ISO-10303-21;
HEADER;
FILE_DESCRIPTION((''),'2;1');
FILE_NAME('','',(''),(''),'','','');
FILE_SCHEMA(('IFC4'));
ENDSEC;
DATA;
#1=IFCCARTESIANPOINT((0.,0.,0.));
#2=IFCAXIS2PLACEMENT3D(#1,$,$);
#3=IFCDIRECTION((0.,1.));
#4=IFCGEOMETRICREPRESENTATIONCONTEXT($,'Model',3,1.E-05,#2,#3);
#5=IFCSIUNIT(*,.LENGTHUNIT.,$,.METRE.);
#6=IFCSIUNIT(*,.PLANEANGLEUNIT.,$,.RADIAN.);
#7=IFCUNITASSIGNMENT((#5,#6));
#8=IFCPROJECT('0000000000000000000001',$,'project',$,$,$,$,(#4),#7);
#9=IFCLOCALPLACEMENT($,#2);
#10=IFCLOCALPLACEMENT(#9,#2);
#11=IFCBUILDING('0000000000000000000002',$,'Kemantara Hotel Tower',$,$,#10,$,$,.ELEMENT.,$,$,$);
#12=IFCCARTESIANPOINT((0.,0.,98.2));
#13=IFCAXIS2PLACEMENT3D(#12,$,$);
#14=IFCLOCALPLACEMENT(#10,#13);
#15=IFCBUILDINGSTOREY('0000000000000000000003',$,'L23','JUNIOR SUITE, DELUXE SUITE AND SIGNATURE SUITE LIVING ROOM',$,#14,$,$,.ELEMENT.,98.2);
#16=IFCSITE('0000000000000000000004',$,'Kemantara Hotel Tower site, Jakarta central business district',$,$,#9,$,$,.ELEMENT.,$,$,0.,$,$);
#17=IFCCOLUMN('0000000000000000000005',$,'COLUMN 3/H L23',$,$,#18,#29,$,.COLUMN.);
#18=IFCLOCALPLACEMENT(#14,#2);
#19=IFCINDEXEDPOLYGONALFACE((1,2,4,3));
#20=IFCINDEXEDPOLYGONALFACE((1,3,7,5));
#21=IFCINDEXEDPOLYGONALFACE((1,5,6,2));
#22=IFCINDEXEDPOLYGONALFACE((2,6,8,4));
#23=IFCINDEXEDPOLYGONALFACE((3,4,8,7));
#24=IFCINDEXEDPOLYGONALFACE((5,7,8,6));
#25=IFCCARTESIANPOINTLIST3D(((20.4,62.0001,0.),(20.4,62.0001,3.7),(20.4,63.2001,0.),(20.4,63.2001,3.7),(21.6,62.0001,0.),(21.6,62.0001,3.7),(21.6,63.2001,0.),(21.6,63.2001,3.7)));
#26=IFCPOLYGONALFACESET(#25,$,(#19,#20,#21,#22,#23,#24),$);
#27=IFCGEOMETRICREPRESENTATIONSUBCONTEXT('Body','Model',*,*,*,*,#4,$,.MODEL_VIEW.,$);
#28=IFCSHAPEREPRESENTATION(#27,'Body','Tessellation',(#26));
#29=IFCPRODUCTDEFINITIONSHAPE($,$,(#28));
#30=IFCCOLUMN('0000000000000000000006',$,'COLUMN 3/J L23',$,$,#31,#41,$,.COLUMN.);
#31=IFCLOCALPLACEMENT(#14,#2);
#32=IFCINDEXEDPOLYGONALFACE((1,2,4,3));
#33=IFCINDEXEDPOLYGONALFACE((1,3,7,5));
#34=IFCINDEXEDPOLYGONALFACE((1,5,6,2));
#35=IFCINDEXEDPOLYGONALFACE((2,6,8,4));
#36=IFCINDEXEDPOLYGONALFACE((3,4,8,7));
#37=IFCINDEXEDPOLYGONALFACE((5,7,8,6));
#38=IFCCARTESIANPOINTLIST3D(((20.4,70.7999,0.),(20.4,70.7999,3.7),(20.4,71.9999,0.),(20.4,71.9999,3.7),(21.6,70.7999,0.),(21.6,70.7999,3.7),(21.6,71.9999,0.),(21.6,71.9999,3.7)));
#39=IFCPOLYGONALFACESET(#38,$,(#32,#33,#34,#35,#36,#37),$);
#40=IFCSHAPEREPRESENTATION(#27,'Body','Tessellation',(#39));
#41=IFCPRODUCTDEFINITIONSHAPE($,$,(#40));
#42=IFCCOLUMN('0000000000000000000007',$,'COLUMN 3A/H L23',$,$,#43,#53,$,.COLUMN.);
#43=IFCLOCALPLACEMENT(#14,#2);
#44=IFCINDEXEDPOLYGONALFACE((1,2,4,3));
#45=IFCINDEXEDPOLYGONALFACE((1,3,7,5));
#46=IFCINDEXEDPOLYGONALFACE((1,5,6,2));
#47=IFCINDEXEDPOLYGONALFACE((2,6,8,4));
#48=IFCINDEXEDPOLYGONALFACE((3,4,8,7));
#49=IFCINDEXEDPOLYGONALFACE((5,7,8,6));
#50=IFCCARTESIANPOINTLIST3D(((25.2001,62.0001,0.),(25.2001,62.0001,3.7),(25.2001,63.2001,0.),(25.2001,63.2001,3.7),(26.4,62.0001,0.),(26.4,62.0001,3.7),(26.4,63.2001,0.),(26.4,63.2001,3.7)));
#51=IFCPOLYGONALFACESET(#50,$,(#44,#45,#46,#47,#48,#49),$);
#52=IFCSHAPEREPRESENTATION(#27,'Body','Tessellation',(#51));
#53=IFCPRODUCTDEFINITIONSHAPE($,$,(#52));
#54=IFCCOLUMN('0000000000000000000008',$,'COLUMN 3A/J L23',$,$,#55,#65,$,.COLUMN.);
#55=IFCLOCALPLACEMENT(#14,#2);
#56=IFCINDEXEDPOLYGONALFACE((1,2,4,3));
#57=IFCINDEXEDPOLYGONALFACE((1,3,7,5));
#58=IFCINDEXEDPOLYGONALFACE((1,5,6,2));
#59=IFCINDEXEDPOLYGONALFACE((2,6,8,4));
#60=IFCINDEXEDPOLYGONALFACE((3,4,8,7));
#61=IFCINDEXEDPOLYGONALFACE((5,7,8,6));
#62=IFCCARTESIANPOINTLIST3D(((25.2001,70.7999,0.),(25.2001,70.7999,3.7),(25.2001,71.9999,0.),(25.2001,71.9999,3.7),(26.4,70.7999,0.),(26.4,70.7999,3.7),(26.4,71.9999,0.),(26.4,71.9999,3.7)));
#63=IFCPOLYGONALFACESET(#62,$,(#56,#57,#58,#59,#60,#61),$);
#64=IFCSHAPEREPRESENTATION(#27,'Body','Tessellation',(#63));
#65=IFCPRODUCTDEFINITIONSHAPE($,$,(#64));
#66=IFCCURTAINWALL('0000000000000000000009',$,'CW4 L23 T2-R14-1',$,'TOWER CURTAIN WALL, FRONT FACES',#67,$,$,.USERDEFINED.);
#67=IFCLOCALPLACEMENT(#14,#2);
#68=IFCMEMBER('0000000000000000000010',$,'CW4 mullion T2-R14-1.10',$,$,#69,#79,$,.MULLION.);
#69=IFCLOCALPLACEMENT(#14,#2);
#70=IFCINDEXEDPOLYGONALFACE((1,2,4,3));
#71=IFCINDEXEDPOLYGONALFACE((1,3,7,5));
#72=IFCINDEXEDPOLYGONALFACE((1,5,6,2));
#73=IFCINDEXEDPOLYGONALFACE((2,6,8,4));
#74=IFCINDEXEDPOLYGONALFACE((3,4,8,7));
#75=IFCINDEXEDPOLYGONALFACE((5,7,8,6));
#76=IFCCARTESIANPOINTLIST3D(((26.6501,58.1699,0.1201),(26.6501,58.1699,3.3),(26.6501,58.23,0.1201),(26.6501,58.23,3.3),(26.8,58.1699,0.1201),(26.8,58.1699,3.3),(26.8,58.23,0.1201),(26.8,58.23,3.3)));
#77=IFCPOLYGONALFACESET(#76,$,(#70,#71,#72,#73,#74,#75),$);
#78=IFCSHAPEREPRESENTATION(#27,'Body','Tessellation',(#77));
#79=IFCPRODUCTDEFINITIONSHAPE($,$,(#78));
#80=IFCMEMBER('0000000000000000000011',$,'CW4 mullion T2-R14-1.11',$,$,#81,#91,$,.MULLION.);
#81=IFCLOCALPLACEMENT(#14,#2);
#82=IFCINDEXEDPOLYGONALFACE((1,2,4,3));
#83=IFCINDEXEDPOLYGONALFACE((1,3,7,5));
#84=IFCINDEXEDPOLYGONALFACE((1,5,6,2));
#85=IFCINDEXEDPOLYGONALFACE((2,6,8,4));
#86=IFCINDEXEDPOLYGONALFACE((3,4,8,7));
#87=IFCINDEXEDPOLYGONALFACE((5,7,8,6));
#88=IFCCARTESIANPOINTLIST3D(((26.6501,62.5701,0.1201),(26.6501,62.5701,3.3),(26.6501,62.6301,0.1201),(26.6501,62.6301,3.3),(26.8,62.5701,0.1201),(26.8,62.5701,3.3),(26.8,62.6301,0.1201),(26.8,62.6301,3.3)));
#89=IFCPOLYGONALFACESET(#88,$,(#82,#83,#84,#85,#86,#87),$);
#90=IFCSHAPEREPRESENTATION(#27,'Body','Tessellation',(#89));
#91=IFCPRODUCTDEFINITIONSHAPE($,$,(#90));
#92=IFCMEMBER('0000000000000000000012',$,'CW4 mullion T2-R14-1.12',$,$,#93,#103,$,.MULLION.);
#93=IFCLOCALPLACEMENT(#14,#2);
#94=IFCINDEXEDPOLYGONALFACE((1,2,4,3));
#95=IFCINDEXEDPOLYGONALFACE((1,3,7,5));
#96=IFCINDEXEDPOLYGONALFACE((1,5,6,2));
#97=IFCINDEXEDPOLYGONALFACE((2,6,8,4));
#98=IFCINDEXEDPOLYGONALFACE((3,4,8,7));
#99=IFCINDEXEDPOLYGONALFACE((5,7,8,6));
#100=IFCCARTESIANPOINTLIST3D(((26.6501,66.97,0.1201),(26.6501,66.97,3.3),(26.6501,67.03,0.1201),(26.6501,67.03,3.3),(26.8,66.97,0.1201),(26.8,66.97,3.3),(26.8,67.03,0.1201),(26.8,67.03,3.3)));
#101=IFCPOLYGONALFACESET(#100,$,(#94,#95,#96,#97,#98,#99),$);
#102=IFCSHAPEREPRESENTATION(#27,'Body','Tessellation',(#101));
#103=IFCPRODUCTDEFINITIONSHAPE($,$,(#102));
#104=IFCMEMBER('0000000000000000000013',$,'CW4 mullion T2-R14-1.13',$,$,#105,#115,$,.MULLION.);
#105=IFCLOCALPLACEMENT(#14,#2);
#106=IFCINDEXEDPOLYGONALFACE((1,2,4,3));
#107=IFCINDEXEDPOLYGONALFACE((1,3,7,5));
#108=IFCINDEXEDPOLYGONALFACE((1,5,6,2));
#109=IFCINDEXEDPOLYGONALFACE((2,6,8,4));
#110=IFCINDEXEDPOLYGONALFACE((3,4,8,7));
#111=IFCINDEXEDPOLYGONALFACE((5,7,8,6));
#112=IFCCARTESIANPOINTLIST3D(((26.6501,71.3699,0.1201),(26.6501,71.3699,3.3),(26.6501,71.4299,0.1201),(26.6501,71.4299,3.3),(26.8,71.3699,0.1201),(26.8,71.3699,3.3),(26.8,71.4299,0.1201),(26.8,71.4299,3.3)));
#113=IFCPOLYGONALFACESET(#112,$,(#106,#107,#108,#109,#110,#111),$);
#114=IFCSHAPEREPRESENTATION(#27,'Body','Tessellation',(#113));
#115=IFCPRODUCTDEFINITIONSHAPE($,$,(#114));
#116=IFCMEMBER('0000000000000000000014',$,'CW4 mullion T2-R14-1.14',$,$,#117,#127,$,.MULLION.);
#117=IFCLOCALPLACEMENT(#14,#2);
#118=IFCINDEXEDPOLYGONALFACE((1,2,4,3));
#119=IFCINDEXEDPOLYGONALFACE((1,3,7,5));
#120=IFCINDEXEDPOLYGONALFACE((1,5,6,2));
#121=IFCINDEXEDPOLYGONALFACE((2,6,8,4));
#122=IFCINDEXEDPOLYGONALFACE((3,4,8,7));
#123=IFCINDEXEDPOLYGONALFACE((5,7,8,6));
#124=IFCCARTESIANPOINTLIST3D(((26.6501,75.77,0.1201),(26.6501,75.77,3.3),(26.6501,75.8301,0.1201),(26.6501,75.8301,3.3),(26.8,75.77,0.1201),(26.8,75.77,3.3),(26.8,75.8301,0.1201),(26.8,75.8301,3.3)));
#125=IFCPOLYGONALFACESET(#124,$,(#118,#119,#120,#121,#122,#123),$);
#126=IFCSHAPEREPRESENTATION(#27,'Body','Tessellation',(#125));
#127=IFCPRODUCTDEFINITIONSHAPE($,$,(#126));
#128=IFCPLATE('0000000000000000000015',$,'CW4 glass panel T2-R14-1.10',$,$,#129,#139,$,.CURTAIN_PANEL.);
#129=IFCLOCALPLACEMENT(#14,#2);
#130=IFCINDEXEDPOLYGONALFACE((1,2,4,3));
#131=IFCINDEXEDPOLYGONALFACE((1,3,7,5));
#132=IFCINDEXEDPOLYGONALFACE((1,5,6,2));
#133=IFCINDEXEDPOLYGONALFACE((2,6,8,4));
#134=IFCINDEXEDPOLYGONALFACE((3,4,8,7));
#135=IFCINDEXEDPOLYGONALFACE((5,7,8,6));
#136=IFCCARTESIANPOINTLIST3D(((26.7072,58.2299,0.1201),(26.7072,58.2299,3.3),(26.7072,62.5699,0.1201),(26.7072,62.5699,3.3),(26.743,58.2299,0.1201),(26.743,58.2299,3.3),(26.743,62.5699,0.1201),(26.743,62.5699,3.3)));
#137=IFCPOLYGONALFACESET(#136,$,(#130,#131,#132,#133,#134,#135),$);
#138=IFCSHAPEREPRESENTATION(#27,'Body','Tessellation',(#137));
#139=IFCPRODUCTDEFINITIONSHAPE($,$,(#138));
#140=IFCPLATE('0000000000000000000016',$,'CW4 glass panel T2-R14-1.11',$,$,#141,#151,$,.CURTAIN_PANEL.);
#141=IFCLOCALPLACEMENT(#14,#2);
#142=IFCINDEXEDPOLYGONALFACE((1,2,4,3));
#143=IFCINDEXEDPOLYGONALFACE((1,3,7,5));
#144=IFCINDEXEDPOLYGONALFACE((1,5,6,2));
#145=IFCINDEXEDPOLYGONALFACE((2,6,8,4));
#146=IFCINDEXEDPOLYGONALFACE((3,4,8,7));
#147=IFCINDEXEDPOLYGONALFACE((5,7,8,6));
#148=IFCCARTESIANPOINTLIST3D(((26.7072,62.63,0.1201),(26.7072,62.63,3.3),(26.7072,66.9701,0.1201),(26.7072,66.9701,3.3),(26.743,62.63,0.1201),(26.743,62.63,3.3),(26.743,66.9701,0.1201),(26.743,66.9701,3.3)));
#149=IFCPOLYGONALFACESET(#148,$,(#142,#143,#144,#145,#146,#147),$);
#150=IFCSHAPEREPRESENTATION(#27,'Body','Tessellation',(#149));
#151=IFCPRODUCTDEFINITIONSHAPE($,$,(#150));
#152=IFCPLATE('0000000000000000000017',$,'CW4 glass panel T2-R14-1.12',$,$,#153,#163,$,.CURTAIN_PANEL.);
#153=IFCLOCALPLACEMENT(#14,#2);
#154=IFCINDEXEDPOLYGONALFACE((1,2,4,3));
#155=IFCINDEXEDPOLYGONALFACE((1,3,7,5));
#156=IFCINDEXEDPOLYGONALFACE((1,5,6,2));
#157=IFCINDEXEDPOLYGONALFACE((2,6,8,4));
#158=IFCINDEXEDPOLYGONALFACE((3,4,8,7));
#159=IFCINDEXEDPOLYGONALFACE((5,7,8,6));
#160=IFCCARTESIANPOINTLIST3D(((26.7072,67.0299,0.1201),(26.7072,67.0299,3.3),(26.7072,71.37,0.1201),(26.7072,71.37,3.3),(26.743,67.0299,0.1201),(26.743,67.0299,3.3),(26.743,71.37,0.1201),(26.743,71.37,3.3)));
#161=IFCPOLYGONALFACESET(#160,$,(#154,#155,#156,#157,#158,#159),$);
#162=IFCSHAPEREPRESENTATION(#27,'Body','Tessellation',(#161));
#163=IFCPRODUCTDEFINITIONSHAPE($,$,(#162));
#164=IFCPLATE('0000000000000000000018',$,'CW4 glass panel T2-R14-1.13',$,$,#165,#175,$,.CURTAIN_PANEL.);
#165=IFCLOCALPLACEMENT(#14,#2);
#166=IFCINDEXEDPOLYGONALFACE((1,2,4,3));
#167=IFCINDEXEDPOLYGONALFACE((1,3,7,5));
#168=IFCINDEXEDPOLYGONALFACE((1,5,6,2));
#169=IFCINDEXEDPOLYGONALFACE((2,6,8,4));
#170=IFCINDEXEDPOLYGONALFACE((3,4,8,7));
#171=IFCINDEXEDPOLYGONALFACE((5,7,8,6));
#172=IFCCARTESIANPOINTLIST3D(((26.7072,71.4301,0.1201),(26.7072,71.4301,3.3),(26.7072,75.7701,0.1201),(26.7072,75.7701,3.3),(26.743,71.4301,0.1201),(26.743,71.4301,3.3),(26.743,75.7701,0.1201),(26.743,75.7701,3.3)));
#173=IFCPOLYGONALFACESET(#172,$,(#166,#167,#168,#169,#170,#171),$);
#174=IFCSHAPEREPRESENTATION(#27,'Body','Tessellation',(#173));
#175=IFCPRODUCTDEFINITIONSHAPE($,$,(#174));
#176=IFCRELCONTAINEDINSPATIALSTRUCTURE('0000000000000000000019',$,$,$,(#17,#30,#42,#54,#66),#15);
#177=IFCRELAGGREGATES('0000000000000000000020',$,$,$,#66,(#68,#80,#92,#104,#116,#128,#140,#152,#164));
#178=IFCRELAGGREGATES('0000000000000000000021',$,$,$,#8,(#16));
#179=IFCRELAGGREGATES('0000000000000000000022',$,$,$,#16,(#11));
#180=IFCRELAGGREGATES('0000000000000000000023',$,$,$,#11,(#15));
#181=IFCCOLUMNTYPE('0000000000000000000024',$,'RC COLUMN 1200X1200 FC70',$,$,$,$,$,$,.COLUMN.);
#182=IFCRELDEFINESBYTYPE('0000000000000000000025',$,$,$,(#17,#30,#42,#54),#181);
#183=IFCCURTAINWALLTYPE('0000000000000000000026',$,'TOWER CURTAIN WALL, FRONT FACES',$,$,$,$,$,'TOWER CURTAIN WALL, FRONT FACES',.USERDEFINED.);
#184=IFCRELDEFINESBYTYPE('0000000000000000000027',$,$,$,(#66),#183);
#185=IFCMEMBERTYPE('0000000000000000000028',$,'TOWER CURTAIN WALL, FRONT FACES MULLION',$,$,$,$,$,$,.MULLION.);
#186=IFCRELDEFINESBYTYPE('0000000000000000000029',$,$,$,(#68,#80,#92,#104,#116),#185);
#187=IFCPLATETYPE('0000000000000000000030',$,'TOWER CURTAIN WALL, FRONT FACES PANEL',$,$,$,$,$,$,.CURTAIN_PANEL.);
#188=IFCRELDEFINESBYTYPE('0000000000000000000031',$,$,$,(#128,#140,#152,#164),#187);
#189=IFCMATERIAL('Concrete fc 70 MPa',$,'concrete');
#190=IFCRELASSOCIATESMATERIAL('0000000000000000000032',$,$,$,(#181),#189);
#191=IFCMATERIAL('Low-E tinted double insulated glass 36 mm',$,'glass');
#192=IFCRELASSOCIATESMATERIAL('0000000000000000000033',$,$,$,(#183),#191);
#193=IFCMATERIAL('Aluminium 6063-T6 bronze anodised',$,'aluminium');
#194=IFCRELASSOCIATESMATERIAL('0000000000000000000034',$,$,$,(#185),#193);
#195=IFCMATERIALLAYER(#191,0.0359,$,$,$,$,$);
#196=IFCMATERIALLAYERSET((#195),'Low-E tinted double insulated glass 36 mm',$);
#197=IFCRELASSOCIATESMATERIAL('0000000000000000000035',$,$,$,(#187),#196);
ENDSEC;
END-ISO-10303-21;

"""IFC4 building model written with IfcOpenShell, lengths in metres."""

from ifc_helpers import new_model, si_unit, direction, frame, origin, origin_2d, place, context, subcontext, project, spatial, rectangle, extrude, source, transform, mapped, material, layer, layer_set, material_profile, profile_set, type_object, element, aggregate, save


model = new_model("IFC4")

# Units and contexts
model_context = context("Model", 3, precision=1e-05, world=origin(), true_north=direction((0.0, 1.0)))
body_context = subcontext(model_context, "Body", "Model", "MODEL_VIEW")
ifc_project = project(units=[si_unit("LENGTHUNIT", "METRE"), si_unit("PLANEANGLEUNIT", "RADIAN")], contexts=[model_context])

# Site, building, storey
site_placement = place(None, origin())
site = spatial("IfcSite", under=ifc_project, at=site_placement, Name="Kemantara Hotel Tower site, Jakarta central business district", CompositionType="ELEMENT", RefElevation=0.0)
building_placement = place(site_placement, origin())
building = spatial("IfcBuilding", under=site, at=building_placement, Name="Kemantara Hotel Tower", CompositionType="ELEMENT")
storey_placement = place(building_placement, frame((0.0, 0.0, 98.2)))
storey = spatial("IfcBuildingStorey", under=building, at=storey_placement, Name="L23", Description="JUNIOR SUITE, DELUXE SUITE AND SIGNATURE SUITE LIVING ROOM", CompositionType="ELEMENT", Elevation=98.2)

# Columns
ifc_material_1 = material(Name="Concrete fc 70 MPa", Category="concrete")
ifc_material_profile_1 = material_profile(ifc_material_1, rectangle(XDim=1.2, YDim=1.2, at=origin_2d()), Name="RC 1200X1200")
ifc_profile_set_1 = profile_set([ifc_material_profile_1], Name="Concrete fc 70 MPa")
column_type = type_object("IfcColumnType", Name="RC COLUMN 1200X1200 FC70", PredefinedType="COLUMN", material=ifc_profile_set_1)
for number, where, z_axis, x_axis, name in (
    (1, (21.0, 62.6001, 0.0), (0.0, 0.0, 1.0), (1.0, 0.0, 0.0), "COLUMN 3/H L23"),
    (2, (21.0, 71.3999, 0.0), (0.0, 0.0, 1.0), (1.0, 0.0, 0.0), "COLUMN 3/J L23"),
    (3, (25.8, 62.6001, 0.0), (0.0, 0.0, 1.0), (1.0, 0.0, 0.0), "COLUMN 3A/H L23"),
    (4, (25.8, 71.3999, 0.0), (0.0, 0.0, 1.0), (1.0, 0.0, 0.0), "COLUMN 3A/J L23"),
):
    element("IfcColumn", number, at=place(storey_placement, frame(where, z_axis=z_axis, x_axis=x_axis)), inside=storey, type_object=column_type, Name=name, PredefinedType="COLUMN", context=body_context, shape_type="SweptSolid", body=[
        extrude(rectangle(XDim=1.2, YDim=1.2, at=origin_2d()), origin(), (0.0, 0.0, 1.0), 3.7),
    ])

# Curtain wall, members, plates
ifc_material_2 = material(Name="Low-E tinted double insulated glass 36 mm", Category="glass")
curtain_wall_type = type_object("IfcCurtainWallType", Name="TOWER CURTAIN WALL, FRONT FACES", ElementType="TOWER CURTAIN WALL, FRONT FACES", PredefinedType="USERDEFINED", material=ifc_material_2)
curtain_wall_placement = place(storey_placement, origin())
curtain_wall = element("IfcCurtainWall", 5, at=curtain_wall_placement, inside=storey, type_object=curtain_wall_type, Name="CW4 L23 T2-R14-1", ObjectType="TOWER CURTAIN WALL, FRONT FACES", PredefinedType="USERDEFINED")
ifc_material_3 = material(Name="Aluminium 6063-T6 bronze anodised", Category="aluminium")
ifc_material_profile_2 = material_profile(ifc_material_3, rectangle(XDim=0.1499, YDim=0.0601, at=origin_2d()), Name="TOWER CURTAIN WALL, FRONT FACES MULLION")
ifc_profile_set_2 = profile_set([ifc_material_profile_2], Name="Aluminium 6063-T6 bronze anodised")
member_type = type_object("IfcMemberType", Name="TOWER CURTAIN WALL, FRONT FACES MULLION", PredefinedType="MULLION", material=ifc_profile_set_2)
shared_shape_1 = source(origin(), body_context, "Body", "SweptSolid", [
    extrude(rectangle(XDim=0.1499, YDim=0.0601, at=origin_2d()), origin(), (0.0, 0.0, 1.0), 3.1799),
])
member_1_placement = place(storey_placement, frame((26.7251, 58.2, 0.1201), z_axis=(0.0, 0.0, 1.0), x_axis=(-1.0, 0.0, 0.0)))
member_1 = element("IfcMember", 6, at=member_1_placement, type_object=member_type, Name="CW4 mullion T2-R14-1.10", PredefinedType="MULLION", context=body_context, shape_type="MappedRepresentation", body=[
    mapped(shared_shape_1, transform((0.0, 0.0, 0.0))),
])
member_2_placement = place(storey_placement, frame((26.7251, 62.6001, 0.1201), z_axis=(0.0, 0.0, 1.0), x_axis=(-1.0, 0.0, 0.0)))
member_2 = element("IfcMember", 7, at=member_2_placement, type_object=member_type, Name="CW4 mullion T2-R14-1.11", PredefinedType="MULLION", context=body_context, shape_type="MappedRepresentation", body=[
    mapped(shared_shape_1, transform((0.0, 0.0, 0.0))),
])
member_3_placement = place(storey_placement, frame((26.7251, 67.0, 0.1201), z_axis=(0.0, 0.0, 1.0), x_axis=(-1.0, 0.0, 0.0)))
member_3 = element("IfcMember", 8, at=member_3_placement, type_object=member_type, Name="CW4 mullion T2-R14-1.12", PredefinedType="MULLION", context=body_context, shape_type="MappedRepresentation", body=[
    mapped(shared_shape_1, transform((0.0, 0.0, 0.0))),
])
member_4_placement = place(storey_placement, frame((26.7251, 71.3999, 0.1201), z_axis=(0.0, 0.0, 1.0), x_axis=(-1.0, 0.0, 0.0)))
member_4 = element("IfcMember", 9, at=member_4_placement, type_object=member_type, Name="CW4 mullion T2-R14-1.13", PredefinedType="MULLION", context=body_context, shape_type="MappedRepresentation", body=[
    mapped(shared_shape_1, transform((0.0, 0.0, 0.0))),
])
member_5_placement = place(storey_placement, frame((26.7251, 75.8, 0.1201), z_axis=(0.0, 0.0, 1.0), x_axis=(-1.0, 0.0, 0.0)))
member_5 = element("IfcMember", 10, at=member_5_placement, type_object=member_type, Name="CW4 mullion T2-R14-1.14", PredefinedType="MULLION", context=body_context, shape_type="MappedRepresentation", body=[
    mapped(shared_shape_1, transform((0.0, 0.0, 0.0))),
])
ifc_layer_1 = layer(ifc_material_2, 0.0359)
ifc_layer_set_1 = layer_set([ifc_layer_1], Name="Low-E tinted double insulated glass 36 mm")
plate_type = type_object("IfcPlateType", Name="TOWER CURTAIN WALL, FRONT FACES PANEL", PredefinedType="CURTAIN_PANEL", material=ifc_layer_set_1)
shared_shape_2 = source(origin(), body_context, "Body", "SweptSolid", [
    extrude(rectangle(XDim=4.3401, YDim=0.0359, at=origin_2d()), origin(), (0.0, 0.0, 1.0), 3.1799),
])
plate_1_placement = place(storey_placement, frame((26.7251, 60.3999, 0.1201), z_axis=(0.0, 0.0, 1.0), x_axis=(0.0, 1.0, 0.0)))
plate_1 = element("IfcPlate", 11, at=plate_1_placement, type_object=plate_type, Name="CW4 glass panel T2-R14-1.10", PredefinedType="CURTAIN_PANEL", context=body_context, shape_type="MappedRepresentation", body=[
    mapped(shared_shape_2, transform((0.0, 0.0, 0.0))),
])
plate_2_placement = place(storey_placement, frame((26.7251, 64.8, 0.1201), z_axis=(0.0, 0.0, 1.0), x_axis=(0.0, 1.0, 0.0)))
plate_2 = element("IfcPlate", 12, at=plate_2_placement, type_object=plate_type, Name="CW4 glass panel T2-R14-1.11", PredefinedType="CURTAIN_PANEL", context=body_context, shape_type="MappedRepresentation", body=[
    mapped(shared_shape_2, transform((0.0, 0.0, 0.0))),
])
plate_3_placement = place(storey_placement, frame((26.7251, 69.2, 0.1201), z_axis=(0.0, 0.0, 1.0), x_axis=(0.0, 1.0, 0.0)))
plate_3 = element("IfcPlate", 13, at=plate_3_placement, type_object=plate_type, Name="CW4 glass panel T2-R14-1.12", PredefinedType="CURTAIN_PANEL", context=body_context, shape_type="MappedRepresentation", body=[
    mapped(shared_shape_2, transform((0.0, 0.0, 0.0))),
])
plate_4_placement = place(storey_placement, frame((26.7251, 73.6001, 0.1201), z_axis=(0.0, 0.0, 1.0), x_axis=(0.0, 1.0, 0.0)))
plate_4 = element("IfcPlate", 14, at=plate_4_placement, type_object=plate_type, Name="CW4 glass panel T2-R14-1.13", PredefinedType="CURTAIN_PANEL", context=body_context, shape_type="MappedRepresentation", body=[
    mapped(shared_shape_2, transform((0.0, 0.0, 0.0))),
])
aggregate(curtain_wall, [member_1, member_2, member_3, member_4, member_5, plate_1, plate_2, plate_3, plate_4])

save(model, "model.ifc")
